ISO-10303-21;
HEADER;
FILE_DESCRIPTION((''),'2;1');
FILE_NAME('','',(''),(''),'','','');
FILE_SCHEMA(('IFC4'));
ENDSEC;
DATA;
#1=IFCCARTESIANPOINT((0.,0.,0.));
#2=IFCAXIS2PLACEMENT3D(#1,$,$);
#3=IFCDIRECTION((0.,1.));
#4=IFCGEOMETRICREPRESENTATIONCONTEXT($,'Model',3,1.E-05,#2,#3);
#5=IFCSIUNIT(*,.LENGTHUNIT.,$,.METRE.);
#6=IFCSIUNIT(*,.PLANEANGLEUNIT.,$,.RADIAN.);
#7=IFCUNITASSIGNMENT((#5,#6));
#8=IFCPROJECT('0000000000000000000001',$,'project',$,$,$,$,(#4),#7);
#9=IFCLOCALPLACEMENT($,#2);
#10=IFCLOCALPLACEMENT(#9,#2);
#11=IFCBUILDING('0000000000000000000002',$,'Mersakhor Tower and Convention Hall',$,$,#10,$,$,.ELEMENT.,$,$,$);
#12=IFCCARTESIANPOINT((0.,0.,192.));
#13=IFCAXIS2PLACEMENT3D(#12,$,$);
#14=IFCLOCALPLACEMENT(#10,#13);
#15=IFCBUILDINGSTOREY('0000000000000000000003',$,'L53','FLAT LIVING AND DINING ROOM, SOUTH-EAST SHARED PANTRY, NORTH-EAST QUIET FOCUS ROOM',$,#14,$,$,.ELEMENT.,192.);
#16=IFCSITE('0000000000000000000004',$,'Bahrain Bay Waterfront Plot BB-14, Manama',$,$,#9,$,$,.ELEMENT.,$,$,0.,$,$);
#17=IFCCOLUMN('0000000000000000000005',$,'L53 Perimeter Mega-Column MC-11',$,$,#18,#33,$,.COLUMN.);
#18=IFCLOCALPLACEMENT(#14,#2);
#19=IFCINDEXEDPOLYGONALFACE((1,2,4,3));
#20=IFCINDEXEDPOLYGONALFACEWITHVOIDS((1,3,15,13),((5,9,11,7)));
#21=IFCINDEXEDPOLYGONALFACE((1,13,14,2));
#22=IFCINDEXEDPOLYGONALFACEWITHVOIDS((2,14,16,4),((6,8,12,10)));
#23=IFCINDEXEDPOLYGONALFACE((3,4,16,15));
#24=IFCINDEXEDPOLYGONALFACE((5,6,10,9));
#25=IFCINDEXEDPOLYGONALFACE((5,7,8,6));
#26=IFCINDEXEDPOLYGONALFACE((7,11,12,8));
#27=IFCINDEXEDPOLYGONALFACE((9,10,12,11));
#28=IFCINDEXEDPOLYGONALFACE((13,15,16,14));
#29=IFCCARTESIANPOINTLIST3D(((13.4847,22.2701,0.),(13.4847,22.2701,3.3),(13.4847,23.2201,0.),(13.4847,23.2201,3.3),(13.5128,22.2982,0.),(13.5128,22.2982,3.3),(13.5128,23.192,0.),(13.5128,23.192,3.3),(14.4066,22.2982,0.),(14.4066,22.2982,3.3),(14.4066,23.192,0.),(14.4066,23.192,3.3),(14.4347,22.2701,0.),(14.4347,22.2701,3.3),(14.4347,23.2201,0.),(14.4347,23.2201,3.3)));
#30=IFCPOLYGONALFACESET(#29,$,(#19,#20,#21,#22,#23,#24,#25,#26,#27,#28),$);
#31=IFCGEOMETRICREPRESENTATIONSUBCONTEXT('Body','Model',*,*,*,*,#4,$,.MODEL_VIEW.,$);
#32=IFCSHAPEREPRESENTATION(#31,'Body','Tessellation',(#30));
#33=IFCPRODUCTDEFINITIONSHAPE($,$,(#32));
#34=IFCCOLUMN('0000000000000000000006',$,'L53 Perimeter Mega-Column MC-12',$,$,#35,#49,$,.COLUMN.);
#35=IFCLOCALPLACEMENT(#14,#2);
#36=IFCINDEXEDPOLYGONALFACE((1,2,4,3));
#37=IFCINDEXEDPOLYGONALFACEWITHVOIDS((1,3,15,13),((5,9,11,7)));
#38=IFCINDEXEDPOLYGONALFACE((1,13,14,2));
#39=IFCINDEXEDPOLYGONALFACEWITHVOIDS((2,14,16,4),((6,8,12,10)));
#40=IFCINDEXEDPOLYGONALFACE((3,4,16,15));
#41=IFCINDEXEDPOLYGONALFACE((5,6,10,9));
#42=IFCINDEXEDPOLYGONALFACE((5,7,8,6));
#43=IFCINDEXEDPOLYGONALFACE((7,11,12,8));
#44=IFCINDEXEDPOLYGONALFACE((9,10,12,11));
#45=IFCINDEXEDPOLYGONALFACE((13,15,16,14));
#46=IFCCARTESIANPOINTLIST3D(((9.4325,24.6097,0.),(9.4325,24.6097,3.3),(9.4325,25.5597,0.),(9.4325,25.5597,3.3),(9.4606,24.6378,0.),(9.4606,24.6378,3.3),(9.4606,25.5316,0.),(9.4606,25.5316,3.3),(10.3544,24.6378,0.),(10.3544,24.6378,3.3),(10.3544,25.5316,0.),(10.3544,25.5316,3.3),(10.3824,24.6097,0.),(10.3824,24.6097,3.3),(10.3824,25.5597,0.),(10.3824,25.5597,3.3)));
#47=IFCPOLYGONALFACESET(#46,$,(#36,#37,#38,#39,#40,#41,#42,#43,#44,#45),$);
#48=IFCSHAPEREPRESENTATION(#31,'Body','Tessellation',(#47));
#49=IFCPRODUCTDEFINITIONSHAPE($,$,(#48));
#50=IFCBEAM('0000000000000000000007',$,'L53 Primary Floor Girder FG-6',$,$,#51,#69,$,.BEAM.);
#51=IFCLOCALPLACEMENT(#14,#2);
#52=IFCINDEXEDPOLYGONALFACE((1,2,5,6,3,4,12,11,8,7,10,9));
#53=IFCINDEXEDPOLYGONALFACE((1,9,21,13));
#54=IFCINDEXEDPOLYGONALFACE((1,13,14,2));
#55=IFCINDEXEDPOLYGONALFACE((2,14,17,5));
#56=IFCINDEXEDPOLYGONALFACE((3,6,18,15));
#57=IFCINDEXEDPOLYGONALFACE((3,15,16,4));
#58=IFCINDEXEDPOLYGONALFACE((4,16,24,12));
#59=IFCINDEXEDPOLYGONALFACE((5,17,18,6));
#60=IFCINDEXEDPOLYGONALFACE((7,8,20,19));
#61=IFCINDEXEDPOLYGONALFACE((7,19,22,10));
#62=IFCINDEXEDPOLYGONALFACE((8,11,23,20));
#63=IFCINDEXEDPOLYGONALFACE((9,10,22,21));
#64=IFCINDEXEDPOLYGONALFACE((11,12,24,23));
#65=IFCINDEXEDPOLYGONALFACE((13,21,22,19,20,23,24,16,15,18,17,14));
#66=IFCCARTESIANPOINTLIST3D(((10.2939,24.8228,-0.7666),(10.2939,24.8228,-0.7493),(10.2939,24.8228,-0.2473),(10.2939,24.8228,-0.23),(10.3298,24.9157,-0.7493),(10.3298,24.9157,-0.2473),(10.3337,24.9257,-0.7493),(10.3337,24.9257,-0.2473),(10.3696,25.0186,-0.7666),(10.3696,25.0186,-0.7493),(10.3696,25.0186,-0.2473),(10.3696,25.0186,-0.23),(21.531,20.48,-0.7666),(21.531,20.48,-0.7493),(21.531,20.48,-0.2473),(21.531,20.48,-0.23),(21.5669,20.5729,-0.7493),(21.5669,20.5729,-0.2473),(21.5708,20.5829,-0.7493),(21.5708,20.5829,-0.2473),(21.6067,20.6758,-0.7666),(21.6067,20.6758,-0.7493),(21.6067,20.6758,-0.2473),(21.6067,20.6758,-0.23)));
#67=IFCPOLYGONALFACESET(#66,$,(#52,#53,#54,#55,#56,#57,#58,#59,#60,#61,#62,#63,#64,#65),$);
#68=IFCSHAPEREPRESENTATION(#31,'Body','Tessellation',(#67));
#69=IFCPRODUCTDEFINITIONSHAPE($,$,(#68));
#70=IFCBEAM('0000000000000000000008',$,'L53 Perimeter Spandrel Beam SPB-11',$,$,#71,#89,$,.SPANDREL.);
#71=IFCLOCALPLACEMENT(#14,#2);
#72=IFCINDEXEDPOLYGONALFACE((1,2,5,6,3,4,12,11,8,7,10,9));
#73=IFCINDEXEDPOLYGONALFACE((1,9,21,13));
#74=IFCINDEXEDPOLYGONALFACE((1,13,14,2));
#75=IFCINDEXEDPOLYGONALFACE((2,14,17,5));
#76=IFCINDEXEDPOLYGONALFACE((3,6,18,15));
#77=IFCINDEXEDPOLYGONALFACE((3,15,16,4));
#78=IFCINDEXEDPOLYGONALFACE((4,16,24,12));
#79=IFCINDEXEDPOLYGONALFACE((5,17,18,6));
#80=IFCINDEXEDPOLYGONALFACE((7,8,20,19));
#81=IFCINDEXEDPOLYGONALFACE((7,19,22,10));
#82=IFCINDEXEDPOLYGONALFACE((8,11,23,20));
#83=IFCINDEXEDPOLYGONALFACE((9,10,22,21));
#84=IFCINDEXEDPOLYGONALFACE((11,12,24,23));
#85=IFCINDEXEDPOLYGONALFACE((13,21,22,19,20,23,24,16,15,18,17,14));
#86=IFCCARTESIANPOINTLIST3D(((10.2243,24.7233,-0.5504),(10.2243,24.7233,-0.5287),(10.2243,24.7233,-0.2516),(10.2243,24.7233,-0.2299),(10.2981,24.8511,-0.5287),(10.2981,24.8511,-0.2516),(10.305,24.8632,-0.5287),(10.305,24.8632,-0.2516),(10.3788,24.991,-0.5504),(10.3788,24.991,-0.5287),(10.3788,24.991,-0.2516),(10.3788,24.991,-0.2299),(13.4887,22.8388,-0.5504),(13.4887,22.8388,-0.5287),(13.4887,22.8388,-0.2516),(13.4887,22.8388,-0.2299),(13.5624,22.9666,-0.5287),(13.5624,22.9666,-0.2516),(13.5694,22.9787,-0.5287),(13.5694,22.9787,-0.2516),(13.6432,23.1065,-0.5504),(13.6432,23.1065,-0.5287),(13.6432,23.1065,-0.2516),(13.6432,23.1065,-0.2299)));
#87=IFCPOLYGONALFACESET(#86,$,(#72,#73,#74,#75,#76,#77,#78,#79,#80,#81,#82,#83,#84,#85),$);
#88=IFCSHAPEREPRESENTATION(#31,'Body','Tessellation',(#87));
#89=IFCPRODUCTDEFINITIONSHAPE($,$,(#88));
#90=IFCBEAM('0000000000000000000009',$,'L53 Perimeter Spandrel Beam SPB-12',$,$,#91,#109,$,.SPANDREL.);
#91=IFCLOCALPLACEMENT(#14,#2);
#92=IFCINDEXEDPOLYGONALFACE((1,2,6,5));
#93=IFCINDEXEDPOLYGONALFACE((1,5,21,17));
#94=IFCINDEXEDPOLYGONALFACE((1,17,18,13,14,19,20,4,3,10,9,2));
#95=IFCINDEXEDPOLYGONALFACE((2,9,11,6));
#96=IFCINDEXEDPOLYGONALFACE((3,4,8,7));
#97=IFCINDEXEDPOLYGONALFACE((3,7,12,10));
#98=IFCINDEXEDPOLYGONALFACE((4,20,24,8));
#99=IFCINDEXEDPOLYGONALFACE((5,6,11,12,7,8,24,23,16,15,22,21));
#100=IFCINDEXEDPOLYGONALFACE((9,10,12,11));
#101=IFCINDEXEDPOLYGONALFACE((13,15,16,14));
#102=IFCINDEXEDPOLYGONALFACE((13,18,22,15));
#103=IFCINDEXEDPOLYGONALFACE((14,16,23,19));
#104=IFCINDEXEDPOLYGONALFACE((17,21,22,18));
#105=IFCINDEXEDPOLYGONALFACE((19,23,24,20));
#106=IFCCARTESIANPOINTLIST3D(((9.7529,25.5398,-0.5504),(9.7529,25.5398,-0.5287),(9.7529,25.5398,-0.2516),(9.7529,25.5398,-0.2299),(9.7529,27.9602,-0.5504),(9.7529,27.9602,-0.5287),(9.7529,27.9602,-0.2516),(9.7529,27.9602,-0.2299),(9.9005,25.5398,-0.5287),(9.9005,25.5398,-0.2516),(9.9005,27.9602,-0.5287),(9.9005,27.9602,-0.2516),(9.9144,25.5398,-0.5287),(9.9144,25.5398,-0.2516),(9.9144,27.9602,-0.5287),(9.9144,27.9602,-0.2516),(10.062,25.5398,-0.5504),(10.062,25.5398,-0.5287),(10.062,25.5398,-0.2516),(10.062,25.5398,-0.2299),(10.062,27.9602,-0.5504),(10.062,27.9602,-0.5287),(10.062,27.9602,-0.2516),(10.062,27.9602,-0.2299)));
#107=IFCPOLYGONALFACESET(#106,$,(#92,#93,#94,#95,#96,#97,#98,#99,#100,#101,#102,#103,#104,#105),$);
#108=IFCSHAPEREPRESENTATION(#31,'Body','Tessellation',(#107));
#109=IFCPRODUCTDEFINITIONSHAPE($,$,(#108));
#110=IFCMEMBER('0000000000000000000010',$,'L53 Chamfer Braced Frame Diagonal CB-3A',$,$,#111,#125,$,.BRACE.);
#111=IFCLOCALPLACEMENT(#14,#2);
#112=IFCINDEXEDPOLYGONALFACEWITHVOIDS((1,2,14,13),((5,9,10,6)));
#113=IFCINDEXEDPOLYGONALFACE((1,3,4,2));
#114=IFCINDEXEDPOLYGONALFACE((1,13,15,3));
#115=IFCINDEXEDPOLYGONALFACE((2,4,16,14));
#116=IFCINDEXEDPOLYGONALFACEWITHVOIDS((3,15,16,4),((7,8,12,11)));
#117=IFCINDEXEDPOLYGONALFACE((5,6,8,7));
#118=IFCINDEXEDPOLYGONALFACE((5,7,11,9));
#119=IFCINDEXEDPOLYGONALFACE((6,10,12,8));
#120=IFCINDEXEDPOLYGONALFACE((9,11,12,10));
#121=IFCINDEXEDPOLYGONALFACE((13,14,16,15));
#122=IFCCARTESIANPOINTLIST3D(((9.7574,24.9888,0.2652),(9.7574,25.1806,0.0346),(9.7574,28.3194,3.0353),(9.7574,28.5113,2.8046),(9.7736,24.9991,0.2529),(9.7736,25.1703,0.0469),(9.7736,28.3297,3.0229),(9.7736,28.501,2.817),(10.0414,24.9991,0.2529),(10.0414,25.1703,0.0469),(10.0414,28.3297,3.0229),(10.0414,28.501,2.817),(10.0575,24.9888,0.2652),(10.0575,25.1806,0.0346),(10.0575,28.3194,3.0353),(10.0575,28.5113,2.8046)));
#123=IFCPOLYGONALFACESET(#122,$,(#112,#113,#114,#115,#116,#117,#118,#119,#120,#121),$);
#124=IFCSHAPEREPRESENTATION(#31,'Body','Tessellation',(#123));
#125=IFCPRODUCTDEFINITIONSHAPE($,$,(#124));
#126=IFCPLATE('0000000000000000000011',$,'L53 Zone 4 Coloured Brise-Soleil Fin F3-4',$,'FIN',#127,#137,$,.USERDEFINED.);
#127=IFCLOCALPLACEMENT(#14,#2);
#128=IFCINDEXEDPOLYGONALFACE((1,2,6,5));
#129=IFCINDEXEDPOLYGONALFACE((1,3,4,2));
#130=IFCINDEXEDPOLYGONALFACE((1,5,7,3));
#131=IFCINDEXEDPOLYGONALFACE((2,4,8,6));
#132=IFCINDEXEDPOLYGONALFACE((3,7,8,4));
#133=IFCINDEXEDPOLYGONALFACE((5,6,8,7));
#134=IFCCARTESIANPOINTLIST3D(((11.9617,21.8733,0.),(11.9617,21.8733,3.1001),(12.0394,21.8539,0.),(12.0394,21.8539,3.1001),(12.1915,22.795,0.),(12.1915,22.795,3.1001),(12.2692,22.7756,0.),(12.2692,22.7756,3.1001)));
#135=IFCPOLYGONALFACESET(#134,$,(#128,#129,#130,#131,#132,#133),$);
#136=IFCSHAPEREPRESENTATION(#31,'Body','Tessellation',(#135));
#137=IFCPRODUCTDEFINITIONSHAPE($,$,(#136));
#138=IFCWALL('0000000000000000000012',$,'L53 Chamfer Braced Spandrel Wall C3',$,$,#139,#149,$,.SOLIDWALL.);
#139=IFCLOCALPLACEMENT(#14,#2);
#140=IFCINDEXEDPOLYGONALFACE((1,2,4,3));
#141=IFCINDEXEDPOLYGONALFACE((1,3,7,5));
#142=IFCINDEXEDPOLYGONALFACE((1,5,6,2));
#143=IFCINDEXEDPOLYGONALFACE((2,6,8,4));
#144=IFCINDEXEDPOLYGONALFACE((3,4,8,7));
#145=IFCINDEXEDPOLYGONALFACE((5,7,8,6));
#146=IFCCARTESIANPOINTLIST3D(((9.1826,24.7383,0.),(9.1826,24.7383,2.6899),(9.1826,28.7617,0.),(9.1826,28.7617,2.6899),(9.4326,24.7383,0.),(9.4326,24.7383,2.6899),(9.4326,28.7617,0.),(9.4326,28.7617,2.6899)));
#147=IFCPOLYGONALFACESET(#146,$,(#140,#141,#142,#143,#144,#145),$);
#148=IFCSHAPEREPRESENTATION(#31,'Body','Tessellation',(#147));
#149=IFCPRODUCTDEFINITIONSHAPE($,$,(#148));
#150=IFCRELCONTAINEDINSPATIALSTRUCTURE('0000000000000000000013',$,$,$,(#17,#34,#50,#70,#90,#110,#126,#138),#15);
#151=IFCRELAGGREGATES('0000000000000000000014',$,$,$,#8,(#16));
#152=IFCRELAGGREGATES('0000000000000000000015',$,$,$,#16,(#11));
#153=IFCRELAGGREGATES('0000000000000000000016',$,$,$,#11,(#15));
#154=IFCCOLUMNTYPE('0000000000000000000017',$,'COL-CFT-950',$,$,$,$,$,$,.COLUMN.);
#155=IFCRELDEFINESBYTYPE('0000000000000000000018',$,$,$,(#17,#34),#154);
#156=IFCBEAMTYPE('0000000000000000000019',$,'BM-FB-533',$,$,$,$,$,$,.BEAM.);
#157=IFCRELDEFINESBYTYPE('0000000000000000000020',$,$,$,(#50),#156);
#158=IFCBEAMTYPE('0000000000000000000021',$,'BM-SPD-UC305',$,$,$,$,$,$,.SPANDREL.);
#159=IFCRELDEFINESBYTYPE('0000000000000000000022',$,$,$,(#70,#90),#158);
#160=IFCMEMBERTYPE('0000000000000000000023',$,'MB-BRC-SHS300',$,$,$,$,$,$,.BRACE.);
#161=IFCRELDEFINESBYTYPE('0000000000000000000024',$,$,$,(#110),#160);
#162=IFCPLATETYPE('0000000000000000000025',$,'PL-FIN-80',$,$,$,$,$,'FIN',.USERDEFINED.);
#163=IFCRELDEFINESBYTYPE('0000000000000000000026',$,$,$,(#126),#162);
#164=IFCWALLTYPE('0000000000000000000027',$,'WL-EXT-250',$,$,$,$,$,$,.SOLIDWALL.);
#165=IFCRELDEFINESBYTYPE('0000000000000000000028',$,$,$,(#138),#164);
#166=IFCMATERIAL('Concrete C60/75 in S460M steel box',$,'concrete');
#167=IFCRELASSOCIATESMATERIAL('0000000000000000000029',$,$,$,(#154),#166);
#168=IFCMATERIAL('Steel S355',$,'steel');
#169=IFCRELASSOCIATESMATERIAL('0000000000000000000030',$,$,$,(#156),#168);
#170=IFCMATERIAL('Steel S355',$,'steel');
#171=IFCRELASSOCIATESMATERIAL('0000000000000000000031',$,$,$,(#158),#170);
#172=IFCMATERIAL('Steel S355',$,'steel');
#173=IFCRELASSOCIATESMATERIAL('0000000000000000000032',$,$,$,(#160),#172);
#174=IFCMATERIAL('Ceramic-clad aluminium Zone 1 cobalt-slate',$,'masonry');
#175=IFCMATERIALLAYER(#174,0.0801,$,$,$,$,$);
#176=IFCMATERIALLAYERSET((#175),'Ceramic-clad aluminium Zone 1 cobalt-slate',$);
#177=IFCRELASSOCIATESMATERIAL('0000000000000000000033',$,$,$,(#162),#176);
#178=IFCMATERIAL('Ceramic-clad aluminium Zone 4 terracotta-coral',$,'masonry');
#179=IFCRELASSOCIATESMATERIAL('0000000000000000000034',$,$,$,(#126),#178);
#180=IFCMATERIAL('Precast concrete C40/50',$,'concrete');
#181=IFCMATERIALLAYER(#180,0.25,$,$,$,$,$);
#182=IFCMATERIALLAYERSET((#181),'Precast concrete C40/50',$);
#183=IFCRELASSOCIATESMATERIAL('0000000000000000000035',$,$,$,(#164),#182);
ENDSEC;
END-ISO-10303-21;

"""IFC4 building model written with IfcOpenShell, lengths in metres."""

from ifc_helpers import new_model, si_unit, direction, frame, frame_2d, origin, origin_2d, place, context, subcontext, project, spatial, rectangle, hollow_rectangle, i_section, extrude, material, layer, layer_set, material_profile, profile_set, type_object, element, save


model = new_model("IFC4")

# Units and contexts
model_context = context("Model", 3, precision=1e-05, world=origin(), true_north=direction((0.0, 1.0)))
body_context = subcontext(model_context, "Body", "Model", "MODEL_VIEW")
ifc_project = project(units=[si_unit("LENGTHUNIT", "METRE"), si_unit("PLANEANGLEUNIT", "RADIAN")], contexts=[model_context])

# Site, building, storey
site_placement = place(None, origin())
site = spatial("IfcSite", under=ifc_project, at=site_placement, Name="Bahrain Bay Waterfront Plot BB-14, Manama", CompositionType="ELEMENT", RefElevation=0.0)
building_placement = place(site_placement, origin())
building = spatial("IfcBuilding", under=site, at=building_placement, Name="Mersakhor Tower and Convention Hall", CompositionType="ELEMENT")
storey_placement = place(building_placement, frame((0.0, 0.0, 192.0)))
storey = spatial("IfcBuildingStorey", under=building, at=storey_placement, Name="L53", Description="FLAT LIVING AND DINING ROOM, SOUTH-EAST SHARED PANTRY, NORTH-EAST QUIET FOCUS ROOM", CompositionType="ELEMENT", Elevation=192.0)

# Columns
ifc_material_1 = material(Name="Concrete C60/75 in S460M steel box", Category="concrete")
ifc_material_profile_1 = material_profile(ifc_material_1, hollow_rectangle(XDim=0.95, YDim=0.95, WallThickness=0.0281, at=origin_2d()), Name="SHS 950x950x28")
ifc_profile_set_1 = profile_set([ifc_material_profile_1], Name="Concrete C60/75 in S460M steel box")
column_type = type_object("IfcColumnType", Name="COL-CFT-950", PredefinedType="COLUMN", material=ifc_profile_set_1)
for number, where, z_axis, x_axis, name in (
    (1, (13.9597, 22.7451, 0.0), (0.0, 0.0, 1.0), (1.0, 0.0, 0.0), "L53 Perimeter Mega-Column MC-11"),
    (2, (9.9075, 25.0847, 0.0), (0.0, 0.0, 1.0), (1.0, 0.0, 0.0), "L53 Perimeter Mega-Column MC-12"),
):
    element("IfcColumn", number, at=place(storey_placement, frame(where, z_axis=z_axis, x_axis=x_axis)), inside=storey, type_object=column_type, Name=name, PredefinedType="COLUMN", context=body_context, shape_type="SweptSolid", body=[
        extrude(hollow_rectangle(XDim=0.95, YDim=0.95, WallThickness=0.0281, at=origin_2d()), origin(), (0.0, 0.0, 1.0), 3.3),
    ])

# Beams
ifc_material_2 = material(Name="Steel S355", Category="steel")
ifc_material_profile_2 = material_profile(ifc_material_2, i_section(OverallWidth=0.21, OverallDepth=0.5366, WebThickness=0.0107, FlangeThickness=0.0173, at=origin_2d()), Name="UB 533x210x101")
ifc_profile_set_2 = profile_set([ifc_material_profile_2], Name="Steel S355")
beam_type_1 = type_object("IfcBeamType", Name="BM-FB-533", PredefinedType="BEAM", material=ifc_profile_set_2)
beam_1_placement = place(storey_placement, frame((21.5688, 20.5779, -0.4983), z_axis=(-0.932765, 0.360485, 0.0), x_axis=(-0.360485, -0.932765, 0.0)))
element("IfcBeam", 3, at=beam_1_placement, inside=storey, type_object=beam_type_1, Name="L53 Primary Floor Girder FG-6", PredefinedType="BEAM", context=body_context, shape_type="SweptSolid", body=[
    extrude(i_section(OverallWidth=0.21, OverallDepth=0.5366, WebThickness=0.0107, FlangeThickness=0.0173, at=origin_2d()), origin(), (0.0, 0.0, 1.0), 12.0471),
])
ifc_material_3 = material(Name="Steel S355", Category="steel")
ifc_material_profile_3 = material_profile(ifc_material_3, i_section(OverallWidth=0.3091, OverallDepth=0.3206, WebThickness=0.0139, FlangeThickness=0.0217, at=origin_2d()), Name="UC 305x305x137")
ifc_profile_set_3 = profile_set([ifc_material_profile_3], Name="Steel S355")
beam_type_2 = type_object("IfcBeamType", Name="BM-SPD-UC305", PredefinedType="SPANDREL", material=ifc_profile_set_3)
beam_2_placement = place(storey_placement, frame((13.5659, 22.9727, -0.3901), z_axis=(-0.866046, 0.499964, 0.0), x_axis=(-0.499964, -0.866046, 0.0)))
element("IfcBeam", 4, at=beam_2_placement, inside=storey, type_object=beam_type_2, Name="L53 Perimeter Spandrel Beam SPB-11", PredefinedType="SPANDREL", context=body_context, shape_type="SweptSolid", body=[
    extrude(i_section(OverallWidth=0.3091, OverallDepth=0.3206, WebThickness=0.0139, FlangeThickness=0.0217, at=origin_2d()), origin(), (0.0, 0.0, 1.0), 3.7693),
])
beam_3_placement = place(storey_placement, frame((9.9075, 25.5398, -0.3901), z_axis=(0.0, 1.0, 0.0), x_axis=(-1.0, 0.0, 0.0)))
element("IfcBeam", 5, at=beam_3_placement, inside=storey, type_object=beam_type_2, Name="L53 Perimeter Spandrel Beam SPB-12", PredefinedType="SPANDREL", context=body_context, shape_type="SweptSolid", body=[
    extrude(i_section(OverallWidth=0.3091, OverallDepth=0.3206, WebThickness=0.0139, FlangeThickness=0.0217, at=origin_2d()), origin(), (0.0, 0.0, 1.0), 2.4204),
])

# Member
ifc_material_4 = material(Name="Steel S355", Category="steel")
ifc_material_profile_4 = material_profile(ifc_material_4, hollow_rectangle(XDim=0.3, YDim=0.3, WallThickness=0.0161, at=origin_2d()), Name="SHS 300x300x16")
ifc_profile_set_4 = profile_set([ifc_material_profile_4], Name="Steel S355")
member_type = type_object("IfcMemberType", Name="MB-BRC-SHS300", PredefinedType="BRACE", material=ifc_profile_set_4)
member_placement = place(storey_placement, frame((9.9075, 25.0847, 0.1499), z_axis=(0.0, 0.76884, 0.639441), x_axis=(-1.0, 0.0, 0.0)))
element("IfcMember", 6, at=member_placement, inside=storey, type_object=member_type, Name="L53 Chamfer Braced Frame Diagonal CB-3A", PredefinedType="BRACE", context=body_context, shape_type="SweptSolid", body=[
    extrude(hollow_rectangle(XDim=0.3, YDim=0.3, WallThickness=0.0161, at=origin_2d()), origin(), (0.0, 0.0, 1.0), 4.332),
])

# Plate
ifc_material_5 = material(Name="Ceramic-clad aluminium Zone 4 terracotta-coral", Category="masonry")
ifc_material_6 = material(Name="Ceramic-clad aluminium Zone 1 cobalt-slate", Category="masonry")
ifc_layer_1 = layer(ifc_material_6, 0.0801)
ifc_layer_set_1 = layer_set([ifc_layer_1], Name="Ceramic-clad aluminium Zone 1 cobalt-slate")
plate_type = type_object("IfcPlateType", Name="PL-FIN-80", ElementType="FIN", PredefinedType="USERDEFINED", material=ifc_layer_set_1)
plate_placement = place(storey_placement, frame((12.1155, 22.3245, 0.0), z_axis=(0.0, 0.0, 1.0), x_axis=(-0.241922, -0.970296, 0.0)))
element("IfcPlate", 7, at=plate_placement, inside=storey, type_object=plate_type, material=ifc_material_5, Name="L53 Zone 4 Coloured Brise-Soleil Fin F3-4", ObjectType="FIN", PredefinedType="USERDEFINED", context=body_context, shape_type="SweptSolid", body=[
    extrude(rectangle(XDim=0.95, YDim=0.0801, at=origin_2d()), origin(), (0.0, 0.0, 1.0), 3.1001),
])

# Wall
ifc_material_7 = material(Name="Precast concrete C40/50", Category="concrete")
ifc_layer_2 = layer(ifc_material_7, 0.25)
ifc_layer_set_2 = layer_set([ifc_layer_2], Name="Precast concrete C40/50")
wall_type_1 = type_object("IfcWallType", Name="WL-EXT-250", PredefinedType="SOLIDWALL", material=ifc_layer_set_2)
wall_1_placement = place(storey_placement, frame((9.3076, 24.7383, 0.0), z_axis=(0.0, 0.0, 1.0), x_axis=(0.0, 1.0, 0.0)))
element("IfcWall", 8, at=wall_1_placement, inside=storey, type_object=wall_type_1, Name="L53 Chamfer Braced Spandrel Wall C3", PredefinedType="SOLIDWALL", context=body_context, shape_type="SweptSolid", body=[
    extrude(rectangle(XDim=4.0234, YDim=0.25, at=frame_2d((2.0117, 0.0))), origin(), (0.0, 0.0, 1.0), 2.6899),
])

save(model, "model.ifc")
